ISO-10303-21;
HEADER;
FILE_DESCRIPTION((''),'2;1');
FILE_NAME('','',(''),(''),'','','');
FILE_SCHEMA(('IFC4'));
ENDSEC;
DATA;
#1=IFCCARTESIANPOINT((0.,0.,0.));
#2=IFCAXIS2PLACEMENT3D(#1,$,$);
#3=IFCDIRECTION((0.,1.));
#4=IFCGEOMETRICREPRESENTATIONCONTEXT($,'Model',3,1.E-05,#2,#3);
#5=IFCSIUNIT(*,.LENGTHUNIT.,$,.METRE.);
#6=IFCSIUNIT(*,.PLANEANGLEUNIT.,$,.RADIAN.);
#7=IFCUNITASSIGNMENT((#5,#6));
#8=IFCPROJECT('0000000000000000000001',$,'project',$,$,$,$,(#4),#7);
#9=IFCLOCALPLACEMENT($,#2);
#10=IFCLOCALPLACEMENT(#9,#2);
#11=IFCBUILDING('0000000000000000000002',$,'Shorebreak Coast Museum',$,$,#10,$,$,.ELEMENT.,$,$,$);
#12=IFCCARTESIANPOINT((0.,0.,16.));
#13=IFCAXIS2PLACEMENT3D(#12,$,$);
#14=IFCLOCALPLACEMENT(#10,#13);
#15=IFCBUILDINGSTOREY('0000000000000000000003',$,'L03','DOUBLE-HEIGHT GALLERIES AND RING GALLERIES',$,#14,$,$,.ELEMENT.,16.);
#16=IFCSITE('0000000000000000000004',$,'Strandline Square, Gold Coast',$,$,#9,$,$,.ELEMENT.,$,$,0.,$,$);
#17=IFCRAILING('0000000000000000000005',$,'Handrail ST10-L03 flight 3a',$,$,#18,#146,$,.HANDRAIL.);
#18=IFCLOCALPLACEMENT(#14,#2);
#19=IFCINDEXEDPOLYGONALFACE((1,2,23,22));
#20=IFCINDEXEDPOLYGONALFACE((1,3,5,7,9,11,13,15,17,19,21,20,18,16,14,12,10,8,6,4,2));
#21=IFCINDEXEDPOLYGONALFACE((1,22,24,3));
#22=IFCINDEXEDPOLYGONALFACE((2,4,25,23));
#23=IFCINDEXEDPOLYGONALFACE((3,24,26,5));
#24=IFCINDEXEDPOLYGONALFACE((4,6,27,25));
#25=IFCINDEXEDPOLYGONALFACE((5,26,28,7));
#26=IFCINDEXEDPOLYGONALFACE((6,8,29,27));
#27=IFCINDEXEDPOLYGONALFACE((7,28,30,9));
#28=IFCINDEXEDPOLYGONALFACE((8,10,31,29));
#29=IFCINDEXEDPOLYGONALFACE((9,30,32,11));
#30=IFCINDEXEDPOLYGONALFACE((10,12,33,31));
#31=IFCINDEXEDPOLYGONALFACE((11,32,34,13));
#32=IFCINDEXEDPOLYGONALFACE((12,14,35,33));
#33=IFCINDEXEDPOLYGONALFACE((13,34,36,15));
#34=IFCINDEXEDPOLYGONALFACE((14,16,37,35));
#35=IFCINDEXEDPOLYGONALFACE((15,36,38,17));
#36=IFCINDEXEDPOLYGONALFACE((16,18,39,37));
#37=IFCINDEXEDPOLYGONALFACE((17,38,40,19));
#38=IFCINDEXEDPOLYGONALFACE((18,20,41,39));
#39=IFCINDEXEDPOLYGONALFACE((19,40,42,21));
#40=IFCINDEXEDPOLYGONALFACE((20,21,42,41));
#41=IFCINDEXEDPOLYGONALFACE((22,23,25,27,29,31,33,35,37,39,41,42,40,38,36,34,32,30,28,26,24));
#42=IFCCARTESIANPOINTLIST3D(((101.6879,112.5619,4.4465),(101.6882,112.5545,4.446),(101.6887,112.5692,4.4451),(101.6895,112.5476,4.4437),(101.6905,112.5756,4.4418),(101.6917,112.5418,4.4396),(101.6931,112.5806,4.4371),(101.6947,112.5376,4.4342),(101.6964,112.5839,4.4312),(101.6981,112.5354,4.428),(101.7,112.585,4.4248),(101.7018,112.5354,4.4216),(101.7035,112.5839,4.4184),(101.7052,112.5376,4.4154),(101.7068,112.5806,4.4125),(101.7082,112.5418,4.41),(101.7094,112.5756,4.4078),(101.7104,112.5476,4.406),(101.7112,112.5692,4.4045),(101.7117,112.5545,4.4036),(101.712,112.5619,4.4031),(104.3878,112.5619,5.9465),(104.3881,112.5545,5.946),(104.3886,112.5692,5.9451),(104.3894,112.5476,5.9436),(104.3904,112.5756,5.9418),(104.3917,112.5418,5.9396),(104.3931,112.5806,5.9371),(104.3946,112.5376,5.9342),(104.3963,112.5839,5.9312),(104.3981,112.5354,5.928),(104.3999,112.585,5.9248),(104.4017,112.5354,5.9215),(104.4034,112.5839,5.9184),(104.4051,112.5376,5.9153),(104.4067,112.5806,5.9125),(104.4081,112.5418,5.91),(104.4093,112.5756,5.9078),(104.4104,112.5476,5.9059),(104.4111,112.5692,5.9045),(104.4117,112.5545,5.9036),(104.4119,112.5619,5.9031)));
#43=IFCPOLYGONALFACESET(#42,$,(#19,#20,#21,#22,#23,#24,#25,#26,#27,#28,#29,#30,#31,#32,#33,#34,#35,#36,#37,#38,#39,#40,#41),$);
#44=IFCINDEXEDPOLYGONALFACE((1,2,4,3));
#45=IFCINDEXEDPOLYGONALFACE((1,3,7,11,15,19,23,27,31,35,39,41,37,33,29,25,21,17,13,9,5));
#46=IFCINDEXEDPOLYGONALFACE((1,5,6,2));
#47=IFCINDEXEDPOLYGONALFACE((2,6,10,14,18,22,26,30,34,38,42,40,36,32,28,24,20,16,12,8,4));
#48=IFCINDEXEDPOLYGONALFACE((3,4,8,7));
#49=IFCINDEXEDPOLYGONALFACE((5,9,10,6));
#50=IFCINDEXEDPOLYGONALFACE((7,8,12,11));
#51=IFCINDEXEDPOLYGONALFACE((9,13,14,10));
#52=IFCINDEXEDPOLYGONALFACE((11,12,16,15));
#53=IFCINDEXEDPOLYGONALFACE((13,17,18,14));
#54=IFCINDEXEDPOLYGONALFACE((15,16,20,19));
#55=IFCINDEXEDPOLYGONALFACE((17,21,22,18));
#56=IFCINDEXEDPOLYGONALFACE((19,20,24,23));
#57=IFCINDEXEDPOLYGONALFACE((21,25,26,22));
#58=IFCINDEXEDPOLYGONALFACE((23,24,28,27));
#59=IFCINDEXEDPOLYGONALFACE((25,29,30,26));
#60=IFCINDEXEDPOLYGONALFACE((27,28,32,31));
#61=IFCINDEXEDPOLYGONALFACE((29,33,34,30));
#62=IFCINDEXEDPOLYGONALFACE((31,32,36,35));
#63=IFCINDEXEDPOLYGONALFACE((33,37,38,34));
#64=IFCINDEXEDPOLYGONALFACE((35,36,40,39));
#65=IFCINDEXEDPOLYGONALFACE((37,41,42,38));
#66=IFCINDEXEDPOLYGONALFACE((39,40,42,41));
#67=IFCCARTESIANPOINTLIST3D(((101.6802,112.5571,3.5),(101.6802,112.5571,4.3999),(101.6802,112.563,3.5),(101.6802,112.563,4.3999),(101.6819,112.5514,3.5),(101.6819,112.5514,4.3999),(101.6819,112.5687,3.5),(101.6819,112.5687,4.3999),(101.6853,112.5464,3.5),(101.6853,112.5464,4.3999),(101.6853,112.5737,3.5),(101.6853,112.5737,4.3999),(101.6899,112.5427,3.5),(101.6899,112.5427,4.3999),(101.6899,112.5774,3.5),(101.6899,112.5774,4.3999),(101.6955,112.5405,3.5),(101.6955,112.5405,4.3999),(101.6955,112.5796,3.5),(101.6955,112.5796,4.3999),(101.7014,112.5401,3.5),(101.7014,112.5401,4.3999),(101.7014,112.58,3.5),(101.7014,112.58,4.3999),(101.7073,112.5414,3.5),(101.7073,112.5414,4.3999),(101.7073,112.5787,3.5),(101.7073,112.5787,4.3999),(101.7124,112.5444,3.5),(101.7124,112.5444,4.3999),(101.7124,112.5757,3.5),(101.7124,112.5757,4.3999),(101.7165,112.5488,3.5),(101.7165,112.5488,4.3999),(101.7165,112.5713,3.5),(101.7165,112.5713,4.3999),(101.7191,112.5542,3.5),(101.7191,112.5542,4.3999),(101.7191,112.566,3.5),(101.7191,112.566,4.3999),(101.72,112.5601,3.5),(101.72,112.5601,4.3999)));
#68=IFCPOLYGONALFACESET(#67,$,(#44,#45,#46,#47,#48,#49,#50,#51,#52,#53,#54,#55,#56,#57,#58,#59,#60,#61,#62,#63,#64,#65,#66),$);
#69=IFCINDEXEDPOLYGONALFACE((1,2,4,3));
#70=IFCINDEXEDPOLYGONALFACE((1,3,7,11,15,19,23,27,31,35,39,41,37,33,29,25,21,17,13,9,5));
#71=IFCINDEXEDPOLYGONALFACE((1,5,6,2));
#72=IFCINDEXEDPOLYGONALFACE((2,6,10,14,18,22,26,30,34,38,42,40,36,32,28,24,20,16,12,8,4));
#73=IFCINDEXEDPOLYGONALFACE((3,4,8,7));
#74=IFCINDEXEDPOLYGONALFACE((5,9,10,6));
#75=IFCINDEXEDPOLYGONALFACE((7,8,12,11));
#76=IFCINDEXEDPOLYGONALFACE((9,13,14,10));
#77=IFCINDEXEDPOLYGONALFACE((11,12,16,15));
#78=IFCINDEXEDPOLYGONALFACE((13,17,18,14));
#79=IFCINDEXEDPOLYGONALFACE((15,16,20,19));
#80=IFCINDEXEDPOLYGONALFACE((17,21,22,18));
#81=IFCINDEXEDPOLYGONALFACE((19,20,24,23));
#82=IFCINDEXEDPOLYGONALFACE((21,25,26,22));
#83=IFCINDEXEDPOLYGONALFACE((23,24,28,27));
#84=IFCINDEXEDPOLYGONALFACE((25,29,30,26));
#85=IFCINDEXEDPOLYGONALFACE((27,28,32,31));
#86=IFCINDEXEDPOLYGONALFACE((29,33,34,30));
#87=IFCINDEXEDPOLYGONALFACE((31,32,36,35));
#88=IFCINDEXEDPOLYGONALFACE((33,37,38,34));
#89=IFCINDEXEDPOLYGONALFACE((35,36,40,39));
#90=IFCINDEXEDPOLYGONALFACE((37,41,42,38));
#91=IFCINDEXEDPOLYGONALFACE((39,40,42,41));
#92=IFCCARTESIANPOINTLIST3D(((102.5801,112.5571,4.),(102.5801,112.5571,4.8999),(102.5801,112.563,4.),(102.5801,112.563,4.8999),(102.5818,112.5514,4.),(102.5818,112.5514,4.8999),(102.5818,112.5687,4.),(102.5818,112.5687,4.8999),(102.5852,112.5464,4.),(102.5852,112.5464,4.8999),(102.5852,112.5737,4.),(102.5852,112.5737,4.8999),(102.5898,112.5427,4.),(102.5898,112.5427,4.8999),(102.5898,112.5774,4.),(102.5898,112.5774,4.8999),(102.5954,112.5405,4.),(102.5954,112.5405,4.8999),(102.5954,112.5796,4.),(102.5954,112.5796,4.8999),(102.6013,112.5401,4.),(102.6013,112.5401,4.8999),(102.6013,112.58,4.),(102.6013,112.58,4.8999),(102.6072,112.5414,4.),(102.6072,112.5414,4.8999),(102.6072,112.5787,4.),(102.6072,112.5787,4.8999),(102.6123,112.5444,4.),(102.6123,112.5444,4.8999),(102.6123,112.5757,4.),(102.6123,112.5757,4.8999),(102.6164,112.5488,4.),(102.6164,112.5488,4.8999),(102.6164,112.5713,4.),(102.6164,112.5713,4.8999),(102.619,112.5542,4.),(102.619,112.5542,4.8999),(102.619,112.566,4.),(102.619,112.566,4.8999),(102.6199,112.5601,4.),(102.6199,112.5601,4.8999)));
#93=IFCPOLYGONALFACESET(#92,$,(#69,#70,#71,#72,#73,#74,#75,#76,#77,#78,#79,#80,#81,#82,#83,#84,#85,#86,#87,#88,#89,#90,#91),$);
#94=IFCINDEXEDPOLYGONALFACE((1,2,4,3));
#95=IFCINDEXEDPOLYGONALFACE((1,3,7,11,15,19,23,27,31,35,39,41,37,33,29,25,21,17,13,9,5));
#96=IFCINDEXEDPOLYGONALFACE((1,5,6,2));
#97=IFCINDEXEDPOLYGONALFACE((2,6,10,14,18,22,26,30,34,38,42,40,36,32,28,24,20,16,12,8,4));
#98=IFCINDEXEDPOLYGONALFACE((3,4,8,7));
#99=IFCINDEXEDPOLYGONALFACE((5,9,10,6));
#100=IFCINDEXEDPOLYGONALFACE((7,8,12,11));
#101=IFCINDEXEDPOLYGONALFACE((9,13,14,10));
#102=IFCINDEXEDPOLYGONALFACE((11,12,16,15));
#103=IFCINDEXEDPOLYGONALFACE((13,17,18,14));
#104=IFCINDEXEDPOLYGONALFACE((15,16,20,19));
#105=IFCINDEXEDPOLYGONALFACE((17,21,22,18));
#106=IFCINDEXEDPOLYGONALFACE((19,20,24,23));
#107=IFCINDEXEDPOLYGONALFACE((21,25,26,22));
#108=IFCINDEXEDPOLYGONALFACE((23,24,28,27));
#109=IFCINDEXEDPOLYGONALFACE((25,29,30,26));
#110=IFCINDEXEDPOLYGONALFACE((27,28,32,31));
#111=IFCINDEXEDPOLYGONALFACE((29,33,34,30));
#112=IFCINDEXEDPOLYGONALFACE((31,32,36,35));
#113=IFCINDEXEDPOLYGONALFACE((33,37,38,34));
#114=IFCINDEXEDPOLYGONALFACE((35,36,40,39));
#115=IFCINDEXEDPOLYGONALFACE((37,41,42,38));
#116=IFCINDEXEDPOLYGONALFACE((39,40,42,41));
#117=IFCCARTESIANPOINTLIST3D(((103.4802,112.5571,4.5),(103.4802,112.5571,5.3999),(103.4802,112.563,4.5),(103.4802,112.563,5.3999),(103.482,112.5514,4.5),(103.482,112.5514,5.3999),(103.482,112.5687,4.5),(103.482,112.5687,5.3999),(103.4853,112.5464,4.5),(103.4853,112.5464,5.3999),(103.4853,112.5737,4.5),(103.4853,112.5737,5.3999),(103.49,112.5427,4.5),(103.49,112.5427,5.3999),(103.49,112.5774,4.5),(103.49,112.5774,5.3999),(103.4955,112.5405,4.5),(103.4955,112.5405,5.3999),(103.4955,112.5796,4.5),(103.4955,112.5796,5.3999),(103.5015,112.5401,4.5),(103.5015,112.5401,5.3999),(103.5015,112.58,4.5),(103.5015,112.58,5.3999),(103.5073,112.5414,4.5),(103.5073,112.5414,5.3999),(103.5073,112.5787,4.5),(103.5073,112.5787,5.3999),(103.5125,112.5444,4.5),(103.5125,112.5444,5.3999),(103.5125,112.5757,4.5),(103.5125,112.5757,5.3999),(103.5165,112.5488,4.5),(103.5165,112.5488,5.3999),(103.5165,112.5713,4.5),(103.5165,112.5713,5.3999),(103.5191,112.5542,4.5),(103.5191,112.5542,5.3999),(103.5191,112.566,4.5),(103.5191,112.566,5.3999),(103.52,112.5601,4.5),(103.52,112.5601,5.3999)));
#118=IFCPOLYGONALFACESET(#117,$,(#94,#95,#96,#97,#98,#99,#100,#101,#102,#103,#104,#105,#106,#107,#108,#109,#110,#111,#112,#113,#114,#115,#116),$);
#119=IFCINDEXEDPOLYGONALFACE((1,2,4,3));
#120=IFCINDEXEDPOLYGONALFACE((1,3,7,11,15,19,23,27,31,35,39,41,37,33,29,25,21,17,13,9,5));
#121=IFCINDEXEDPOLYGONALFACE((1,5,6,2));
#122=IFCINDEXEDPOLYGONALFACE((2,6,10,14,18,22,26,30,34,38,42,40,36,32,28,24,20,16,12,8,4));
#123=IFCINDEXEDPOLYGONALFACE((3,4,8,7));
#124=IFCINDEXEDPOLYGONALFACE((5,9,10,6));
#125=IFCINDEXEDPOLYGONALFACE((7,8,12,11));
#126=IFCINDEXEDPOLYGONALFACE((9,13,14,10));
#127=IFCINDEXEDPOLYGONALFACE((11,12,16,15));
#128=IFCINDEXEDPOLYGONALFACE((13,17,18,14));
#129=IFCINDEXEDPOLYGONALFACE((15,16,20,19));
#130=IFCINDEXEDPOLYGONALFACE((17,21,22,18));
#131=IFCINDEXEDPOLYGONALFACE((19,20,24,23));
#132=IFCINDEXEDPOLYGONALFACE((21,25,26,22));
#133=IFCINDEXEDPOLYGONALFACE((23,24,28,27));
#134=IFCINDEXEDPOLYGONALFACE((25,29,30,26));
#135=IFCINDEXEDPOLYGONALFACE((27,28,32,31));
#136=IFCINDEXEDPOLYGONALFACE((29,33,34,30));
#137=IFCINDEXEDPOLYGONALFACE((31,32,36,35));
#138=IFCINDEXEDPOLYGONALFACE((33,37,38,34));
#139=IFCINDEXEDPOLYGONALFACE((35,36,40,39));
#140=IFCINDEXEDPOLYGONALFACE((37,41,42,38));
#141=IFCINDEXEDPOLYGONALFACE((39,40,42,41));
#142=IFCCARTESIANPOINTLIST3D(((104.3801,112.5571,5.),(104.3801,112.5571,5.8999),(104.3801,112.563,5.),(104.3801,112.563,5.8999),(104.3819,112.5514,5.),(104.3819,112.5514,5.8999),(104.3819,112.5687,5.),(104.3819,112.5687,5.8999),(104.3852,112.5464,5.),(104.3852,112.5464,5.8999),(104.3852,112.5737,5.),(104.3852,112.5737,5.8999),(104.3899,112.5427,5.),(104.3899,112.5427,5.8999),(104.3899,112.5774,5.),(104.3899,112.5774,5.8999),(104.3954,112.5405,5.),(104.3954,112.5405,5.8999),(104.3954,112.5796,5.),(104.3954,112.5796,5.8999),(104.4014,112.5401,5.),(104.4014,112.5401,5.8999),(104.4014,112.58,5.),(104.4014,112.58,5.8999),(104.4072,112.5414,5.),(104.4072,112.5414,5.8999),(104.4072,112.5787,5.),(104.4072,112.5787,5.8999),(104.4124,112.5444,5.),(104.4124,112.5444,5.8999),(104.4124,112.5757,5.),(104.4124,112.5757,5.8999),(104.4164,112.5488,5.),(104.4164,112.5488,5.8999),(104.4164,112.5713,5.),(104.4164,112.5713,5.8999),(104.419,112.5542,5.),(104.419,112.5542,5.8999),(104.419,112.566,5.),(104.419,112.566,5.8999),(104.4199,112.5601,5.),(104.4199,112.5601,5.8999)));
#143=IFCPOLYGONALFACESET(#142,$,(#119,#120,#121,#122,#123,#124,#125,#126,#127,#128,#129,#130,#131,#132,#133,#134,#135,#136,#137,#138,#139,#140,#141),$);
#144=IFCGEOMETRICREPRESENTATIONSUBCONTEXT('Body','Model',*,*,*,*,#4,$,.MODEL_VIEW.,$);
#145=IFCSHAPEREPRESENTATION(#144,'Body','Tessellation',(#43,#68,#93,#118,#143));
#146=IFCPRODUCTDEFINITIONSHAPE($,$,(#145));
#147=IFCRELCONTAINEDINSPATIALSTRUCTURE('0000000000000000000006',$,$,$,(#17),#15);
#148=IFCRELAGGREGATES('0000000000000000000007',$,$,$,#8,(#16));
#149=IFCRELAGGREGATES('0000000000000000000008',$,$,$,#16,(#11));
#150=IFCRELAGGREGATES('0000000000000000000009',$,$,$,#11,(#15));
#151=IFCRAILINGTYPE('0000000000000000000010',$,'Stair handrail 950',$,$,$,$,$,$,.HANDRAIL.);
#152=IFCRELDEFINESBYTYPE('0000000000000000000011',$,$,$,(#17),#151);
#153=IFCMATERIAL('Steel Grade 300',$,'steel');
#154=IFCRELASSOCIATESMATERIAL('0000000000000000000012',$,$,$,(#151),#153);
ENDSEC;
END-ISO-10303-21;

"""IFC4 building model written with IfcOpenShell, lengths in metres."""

from ifc_helpers import new_model, si_unit, direction, frame, origin, origin_2d, place, context, subcontext, project, spatial, circle, extrude, material, type_object, element, save


model = new_model("IFC4")

# Units and contexts
model_context = context("Model", 3, precision=1e-05, world=origin(), true_north=direction((0.0, 1.0)))
body_context = subcontext(model_context, "Body", "Model", "MODEL_VIEW")
ifc_project = project(units=[si_unit("LENGTHUNIT", "METRE"), si_unit("PLANEANGLEUNIT", "RADIAN")], contexts=[model_context])

# Site, building, storey
site_placement = place(None, origin())
site = spatial("IfcSite", under=ifc_project, at=site_placement, Name="Strandline Square, Gold Coast", CompositionType="ELEMENT", RefElevation=0.0)
building_placement = place(site_placement, origin())
building = spatial("IfcBuilding", under=site, at=building_placement, Name="Shorebreak Coast Museum", CompositionType="ELEMENT")
storey_placement = place(building_placement, frame((0.0, 0.0, 16.0)))
storey = spatial("IfcBuildingStorey", under=building, at=storey_placement, Name="L03", Description="DOUBLE-HEIGHT GALLERIES AND RING GALLERIES", CompositionType="ELEMENT", Elevation=16.0)

# Railing
ifc_material_1 = material(Name="Steel Grade 300", Category="steel")
railing_type_1 = type_object("IfcRailingType", Name="Stair handrail 950", PredefinedType="HANDRAIL", material=ifc_material_1)
for number, where, name in (
    (1, (101.7, 112.5601, 3.5), "Handrail ST10-L03 flight 3a"),
):
    element("IfcRailing", number, at=place(storey_placement, frame(where)), inside=storey, type_object=railing_type_1, Name=name, PredefinedType="HANDRAIL", context=body_context, shape_type="SweptSolid", body=[
        extrude(circle(Radius=0.0249, at=origin_2d()), frame((0.0, 0.0, 0.9248), z_axis=(0.874154, 0.0, 0.48565), x_axis=(0.0, 1.0, 0.0)), (0.0, 0.0, 1.0), 3.0886),
        extrude(circle(Radius=0.02, at=origin_2d()), origin(), (0.0, 0.0, 1.0), 0.8999),
        extrude(circle(Radius=0.02, at=origin_2d()), frame((0.8999, 0.0, 0.5)), (0.0, 0.0, 1.0), 0.8999),
        extrude(circle(Radius=0.02, at=origin_2d()), frame((1.8, 0.0, 1.0)), (0.0, 0.0, 1.0), 0.8999),
        extrude(circle(Radius=0.02, at=origin_2d()), frame((2.7, 0.0, 1.5)), (0.0, 0.0, 1.0), 0.8999),
    ])

save(model, "model.ifc")
